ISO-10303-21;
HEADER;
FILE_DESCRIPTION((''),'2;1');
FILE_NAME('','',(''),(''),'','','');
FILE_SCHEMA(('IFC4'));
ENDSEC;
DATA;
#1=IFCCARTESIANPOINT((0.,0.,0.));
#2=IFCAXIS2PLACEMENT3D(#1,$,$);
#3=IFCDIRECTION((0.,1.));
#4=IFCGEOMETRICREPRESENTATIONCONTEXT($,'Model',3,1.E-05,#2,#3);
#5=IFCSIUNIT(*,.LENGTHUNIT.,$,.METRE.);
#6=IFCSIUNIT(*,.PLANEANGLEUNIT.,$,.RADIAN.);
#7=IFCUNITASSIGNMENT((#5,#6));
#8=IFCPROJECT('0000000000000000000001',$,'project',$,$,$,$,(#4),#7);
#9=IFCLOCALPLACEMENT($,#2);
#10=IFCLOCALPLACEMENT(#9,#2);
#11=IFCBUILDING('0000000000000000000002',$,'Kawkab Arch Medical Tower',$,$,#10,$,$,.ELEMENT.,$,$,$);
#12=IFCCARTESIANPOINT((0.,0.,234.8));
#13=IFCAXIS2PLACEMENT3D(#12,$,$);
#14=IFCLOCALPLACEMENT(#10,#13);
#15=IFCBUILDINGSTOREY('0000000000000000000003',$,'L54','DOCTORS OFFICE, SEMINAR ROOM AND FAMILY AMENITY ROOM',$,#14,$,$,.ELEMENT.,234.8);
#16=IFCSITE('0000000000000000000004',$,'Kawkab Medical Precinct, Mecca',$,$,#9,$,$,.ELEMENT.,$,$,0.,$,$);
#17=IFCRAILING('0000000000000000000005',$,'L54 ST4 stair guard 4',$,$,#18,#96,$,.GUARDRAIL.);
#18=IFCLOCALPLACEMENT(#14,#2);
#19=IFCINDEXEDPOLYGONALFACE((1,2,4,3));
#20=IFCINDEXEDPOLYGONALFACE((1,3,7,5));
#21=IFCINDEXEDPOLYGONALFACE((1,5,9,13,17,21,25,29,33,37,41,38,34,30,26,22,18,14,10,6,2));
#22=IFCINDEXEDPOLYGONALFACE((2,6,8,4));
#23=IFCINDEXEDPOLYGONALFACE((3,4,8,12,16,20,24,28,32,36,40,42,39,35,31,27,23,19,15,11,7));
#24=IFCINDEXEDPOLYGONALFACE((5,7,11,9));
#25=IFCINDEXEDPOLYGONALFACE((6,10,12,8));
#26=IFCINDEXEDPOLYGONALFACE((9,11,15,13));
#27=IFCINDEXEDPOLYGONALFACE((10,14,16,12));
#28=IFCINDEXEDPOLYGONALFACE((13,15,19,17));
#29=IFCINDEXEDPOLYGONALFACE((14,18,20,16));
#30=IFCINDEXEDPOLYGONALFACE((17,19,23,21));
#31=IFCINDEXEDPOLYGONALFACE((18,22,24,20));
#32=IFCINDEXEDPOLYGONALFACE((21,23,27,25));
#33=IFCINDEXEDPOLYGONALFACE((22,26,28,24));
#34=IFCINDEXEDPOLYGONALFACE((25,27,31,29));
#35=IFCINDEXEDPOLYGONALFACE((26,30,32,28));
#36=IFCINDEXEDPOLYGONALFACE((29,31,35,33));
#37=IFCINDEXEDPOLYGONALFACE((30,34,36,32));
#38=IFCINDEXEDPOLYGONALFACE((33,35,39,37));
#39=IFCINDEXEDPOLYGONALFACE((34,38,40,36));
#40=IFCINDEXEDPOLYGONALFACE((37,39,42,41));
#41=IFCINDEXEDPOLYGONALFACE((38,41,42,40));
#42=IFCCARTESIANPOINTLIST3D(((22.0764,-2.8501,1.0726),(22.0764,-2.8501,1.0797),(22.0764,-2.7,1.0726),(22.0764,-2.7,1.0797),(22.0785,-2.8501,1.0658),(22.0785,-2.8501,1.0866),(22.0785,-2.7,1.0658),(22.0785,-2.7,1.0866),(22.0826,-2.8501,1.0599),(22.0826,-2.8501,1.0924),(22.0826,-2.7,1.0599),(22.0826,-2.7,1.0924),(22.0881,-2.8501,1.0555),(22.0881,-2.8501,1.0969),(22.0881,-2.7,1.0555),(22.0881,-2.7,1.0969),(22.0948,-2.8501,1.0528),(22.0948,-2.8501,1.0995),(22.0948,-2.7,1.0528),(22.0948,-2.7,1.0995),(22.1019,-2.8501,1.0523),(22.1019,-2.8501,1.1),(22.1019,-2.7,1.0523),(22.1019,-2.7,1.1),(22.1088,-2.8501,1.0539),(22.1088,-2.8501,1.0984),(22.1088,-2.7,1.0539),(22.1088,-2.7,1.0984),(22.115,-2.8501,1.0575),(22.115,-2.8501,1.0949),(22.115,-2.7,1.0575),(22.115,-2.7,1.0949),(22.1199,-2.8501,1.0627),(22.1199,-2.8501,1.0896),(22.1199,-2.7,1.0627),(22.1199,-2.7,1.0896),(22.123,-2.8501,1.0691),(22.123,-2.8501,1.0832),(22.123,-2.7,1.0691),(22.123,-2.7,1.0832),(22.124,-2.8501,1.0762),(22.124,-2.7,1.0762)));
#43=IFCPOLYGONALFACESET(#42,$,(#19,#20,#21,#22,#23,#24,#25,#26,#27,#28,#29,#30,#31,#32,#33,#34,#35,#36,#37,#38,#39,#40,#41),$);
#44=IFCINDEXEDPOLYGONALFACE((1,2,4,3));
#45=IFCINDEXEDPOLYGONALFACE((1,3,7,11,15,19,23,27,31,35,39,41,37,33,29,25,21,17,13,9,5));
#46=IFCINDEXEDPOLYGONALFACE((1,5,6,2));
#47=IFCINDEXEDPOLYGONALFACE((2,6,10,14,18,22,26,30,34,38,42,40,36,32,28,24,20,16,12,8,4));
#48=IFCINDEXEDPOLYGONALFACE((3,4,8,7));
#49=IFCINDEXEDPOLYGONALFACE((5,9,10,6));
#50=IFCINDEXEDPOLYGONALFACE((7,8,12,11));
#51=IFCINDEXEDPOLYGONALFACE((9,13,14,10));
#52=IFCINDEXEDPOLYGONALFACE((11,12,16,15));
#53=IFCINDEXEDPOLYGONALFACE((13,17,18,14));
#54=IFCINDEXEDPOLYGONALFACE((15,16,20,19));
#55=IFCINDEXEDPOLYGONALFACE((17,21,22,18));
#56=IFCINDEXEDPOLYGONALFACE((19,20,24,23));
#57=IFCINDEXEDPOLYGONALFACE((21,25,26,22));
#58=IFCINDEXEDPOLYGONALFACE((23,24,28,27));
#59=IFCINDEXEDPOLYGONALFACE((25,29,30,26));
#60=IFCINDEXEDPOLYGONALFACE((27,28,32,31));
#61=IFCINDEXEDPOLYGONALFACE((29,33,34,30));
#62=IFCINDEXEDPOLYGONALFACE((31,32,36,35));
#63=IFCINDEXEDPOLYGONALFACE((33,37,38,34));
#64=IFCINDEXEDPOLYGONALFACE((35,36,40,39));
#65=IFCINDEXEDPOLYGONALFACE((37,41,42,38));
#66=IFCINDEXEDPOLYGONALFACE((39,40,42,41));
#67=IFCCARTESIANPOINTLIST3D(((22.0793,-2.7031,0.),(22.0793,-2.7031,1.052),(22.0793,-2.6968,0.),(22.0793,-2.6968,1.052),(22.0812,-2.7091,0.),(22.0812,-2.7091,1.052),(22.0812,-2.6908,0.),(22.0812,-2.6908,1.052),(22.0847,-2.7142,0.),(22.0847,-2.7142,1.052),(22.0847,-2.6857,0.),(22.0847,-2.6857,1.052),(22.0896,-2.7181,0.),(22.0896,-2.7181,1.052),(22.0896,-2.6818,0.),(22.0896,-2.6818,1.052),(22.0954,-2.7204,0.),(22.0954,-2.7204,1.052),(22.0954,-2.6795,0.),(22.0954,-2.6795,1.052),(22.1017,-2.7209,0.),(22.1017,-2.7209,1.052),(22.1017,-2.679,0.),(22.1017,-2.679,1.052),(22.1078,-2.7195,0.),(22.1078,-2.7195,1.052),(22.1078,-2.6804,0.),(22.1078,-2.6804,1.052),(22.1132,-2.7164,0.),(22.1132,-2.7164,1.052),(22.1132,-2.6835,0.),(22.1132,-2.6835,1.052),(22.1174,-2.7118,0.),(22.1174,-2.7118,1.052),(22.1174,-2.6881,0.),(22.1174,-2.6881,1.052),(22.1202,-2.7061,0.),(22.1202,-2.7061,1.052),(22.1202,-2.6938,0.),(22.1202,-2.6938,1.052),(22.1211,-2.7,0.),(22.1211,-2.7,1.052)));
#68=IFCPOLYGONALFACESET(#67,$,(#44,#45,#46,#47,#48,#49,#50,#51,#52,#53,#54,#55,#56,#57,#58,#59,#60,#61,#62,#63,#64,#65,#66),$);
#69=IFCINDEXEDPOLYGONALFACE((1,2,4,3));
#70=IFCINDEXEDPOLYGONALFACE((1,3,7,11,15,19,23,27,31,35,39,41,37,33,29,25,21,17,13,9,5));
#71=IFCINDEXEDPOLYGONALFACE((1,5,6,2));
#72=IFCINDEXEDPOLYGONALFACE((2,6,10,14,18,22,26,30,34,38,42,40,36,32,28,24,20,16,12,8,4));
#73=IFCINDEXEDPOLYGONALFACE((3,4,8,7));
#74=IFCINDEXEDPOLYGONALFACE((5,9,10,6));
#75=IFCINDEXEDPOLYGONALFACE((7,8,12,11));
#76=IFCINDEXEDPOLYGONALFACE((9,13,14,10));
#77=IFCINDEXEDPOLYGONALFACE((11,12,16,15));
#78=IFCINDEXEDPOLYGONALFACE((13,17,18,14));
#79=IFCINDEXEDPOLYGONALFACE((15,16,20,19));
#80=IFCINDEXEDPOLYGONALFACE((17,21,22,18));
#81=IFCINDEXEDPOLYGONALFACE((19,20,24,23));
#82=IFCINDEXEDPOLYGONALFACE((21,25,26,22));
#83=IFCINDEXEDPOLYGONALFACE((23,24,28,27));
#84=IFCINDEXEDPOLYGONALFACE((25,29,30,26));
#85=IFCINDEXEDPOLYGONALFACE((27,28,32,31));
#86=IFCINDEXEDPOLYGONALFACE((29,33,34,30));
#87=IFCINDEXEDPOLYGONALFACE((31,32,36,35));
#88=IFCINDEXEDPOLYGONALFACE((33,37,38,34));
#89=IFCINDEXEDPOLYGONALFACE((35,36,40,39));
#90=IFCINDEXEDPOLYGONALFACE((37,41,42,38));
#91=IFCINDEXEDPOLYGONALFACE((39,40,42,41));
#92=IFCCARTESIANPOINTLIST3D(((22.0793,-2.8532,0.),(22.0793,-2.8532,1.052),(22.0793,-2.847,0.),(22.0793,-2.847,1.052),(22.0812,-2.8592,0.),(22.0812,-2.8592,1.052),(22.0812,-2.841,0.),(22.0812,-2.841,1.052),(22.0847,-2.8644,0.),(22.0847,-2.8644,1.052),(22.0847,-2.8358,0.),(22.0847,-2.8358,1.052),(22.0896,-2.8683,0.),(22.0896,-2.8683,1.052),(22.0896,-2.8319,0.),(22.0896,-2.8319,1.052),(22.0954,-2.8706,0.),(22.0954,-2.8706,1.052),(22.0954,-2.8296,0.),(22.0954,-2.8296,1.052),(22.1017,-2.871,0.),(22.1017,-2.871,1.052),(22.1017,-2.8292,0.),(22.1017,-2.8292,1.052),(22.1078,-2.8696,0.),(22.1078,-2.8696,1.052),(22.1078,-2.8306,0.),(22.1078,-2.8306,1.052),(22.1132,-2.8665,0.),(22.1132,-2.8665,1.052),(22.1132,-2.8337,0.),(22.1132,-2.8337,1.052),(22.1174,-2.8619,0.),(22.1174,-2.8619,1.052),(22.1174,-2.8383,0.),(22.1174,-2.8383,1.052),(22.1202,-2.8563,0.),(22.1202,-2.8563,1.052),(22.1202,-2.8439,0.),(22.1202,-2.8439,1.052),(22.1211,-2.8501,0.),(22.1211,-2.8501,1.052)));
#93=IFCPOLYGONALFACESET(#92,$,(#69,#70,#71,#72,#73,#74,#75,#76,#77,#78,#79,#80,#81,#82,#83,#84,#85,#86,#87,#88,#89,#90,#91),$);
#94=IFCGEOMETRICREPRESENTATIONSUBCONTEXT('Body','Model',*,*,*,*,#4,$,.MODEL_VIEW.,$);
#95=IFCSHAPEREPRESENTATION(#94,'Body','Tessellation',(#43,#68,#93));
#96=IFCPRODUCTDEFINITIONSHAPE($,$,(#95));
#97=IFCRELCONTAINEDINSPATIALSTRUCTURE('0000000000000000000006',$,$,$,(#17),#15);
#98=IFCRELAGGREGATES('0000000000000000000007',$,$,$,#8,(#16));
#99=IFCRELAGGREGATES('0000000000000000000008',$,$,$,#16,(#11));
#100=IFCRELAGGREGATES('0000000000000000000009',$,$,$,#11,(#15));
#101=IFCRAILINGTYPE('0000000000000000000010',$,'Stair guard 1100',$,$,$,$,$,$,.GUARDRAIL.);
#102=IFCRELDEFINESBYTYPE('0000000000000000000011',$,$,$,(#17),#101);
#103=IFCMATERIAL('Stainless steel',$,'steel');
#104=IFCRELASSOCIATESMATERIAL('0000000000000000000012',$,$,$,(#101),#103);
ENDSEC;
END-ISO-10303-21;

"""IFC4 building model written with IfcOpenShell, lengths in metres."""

from ifc_helpers import new_model, si_unit, direction, frame, origin, origin_2d, place, context, subcontext, project, spatial, circle, extrude, material, type_object, element, save


model = new_model("IFC4")

# Units and contexts
model_context = context("Model", 3, precision=1e-05, world=origin(), true_north=direction((0.0, 1.0)))
body_context = subcontext(model_context, "Body", "Model", "MODEL_VIEW")
ifc_project = project(units=[si_unit("LENGTHUNIT", "METRE"), si_unit("PLANEANGLEUNIT", "RADIAN")], contexts=[model_context])

# Site, building, storey
site_placement = place(None, origin())
site = spatial("IfcSite", under=ifc_project, at=site_placement, Name="Kawkab Medical Precinct, Mecca", CompositionType="ELEMENT", RefElevation=0.0)
building_placement = place(site_placement, origin())
building = spatial("IfcBuilding", under=site, at=building_placement, Name="Kawkab Arch Medical Tower", CompositionType="ELEMENT")
storey_placement = place(building_placement, frame((0.0, 0.0, 234.8)))
storey = spatial("IfcBuildingStorey", under=building, at=storey_placement, Name="L54", Description="DOCTORS OFFICE, SEMINAR ROOM AND FAMILY AMENITY ROOM", CompositionType="ELEMENT", Elevation=234.8)

# Railing
ifc_material_1 = material(Name="Stainless steel", Category="steel")
railing_type = type_object("IfcRailingType", Name="Stair guard 1100", PredefinedType="GUARDRAIL", material=ifc_material_1)
railing_1_placement = place(storey_placement, frame((22.1001, -2.7, 0.0)))
element("IfcRailing", 1, at=railing_1_placement, inside=storey, type_object=railing_type, Name="L54 ST4 stair guard 4", PredefinedType="GUARDRAIL", context=body_context, shape_type="SweptSolid", body=[
    extrude(circle(Radius=0.0239, at=origin_2d()), frame((0.0, 0.0, 1.0762), z_axis=(0.0, -1.0, 0.0), x_axis=(1.0, 0.0, 0.0)), (0.0, 0.0, 1.0), 0.1501),
    extrude(circle(Radius=0.021, at=origin_2d()), origin(), (0.0, 0.0, 1.0), 1.052),
    extrude(circle(Radius=0.021, at=origin_2d()), frame((0.0, -0.1501, 0.0)), (0.0, 0.0, 1.0), 1.052),
])

save(model, "model.ifc")
